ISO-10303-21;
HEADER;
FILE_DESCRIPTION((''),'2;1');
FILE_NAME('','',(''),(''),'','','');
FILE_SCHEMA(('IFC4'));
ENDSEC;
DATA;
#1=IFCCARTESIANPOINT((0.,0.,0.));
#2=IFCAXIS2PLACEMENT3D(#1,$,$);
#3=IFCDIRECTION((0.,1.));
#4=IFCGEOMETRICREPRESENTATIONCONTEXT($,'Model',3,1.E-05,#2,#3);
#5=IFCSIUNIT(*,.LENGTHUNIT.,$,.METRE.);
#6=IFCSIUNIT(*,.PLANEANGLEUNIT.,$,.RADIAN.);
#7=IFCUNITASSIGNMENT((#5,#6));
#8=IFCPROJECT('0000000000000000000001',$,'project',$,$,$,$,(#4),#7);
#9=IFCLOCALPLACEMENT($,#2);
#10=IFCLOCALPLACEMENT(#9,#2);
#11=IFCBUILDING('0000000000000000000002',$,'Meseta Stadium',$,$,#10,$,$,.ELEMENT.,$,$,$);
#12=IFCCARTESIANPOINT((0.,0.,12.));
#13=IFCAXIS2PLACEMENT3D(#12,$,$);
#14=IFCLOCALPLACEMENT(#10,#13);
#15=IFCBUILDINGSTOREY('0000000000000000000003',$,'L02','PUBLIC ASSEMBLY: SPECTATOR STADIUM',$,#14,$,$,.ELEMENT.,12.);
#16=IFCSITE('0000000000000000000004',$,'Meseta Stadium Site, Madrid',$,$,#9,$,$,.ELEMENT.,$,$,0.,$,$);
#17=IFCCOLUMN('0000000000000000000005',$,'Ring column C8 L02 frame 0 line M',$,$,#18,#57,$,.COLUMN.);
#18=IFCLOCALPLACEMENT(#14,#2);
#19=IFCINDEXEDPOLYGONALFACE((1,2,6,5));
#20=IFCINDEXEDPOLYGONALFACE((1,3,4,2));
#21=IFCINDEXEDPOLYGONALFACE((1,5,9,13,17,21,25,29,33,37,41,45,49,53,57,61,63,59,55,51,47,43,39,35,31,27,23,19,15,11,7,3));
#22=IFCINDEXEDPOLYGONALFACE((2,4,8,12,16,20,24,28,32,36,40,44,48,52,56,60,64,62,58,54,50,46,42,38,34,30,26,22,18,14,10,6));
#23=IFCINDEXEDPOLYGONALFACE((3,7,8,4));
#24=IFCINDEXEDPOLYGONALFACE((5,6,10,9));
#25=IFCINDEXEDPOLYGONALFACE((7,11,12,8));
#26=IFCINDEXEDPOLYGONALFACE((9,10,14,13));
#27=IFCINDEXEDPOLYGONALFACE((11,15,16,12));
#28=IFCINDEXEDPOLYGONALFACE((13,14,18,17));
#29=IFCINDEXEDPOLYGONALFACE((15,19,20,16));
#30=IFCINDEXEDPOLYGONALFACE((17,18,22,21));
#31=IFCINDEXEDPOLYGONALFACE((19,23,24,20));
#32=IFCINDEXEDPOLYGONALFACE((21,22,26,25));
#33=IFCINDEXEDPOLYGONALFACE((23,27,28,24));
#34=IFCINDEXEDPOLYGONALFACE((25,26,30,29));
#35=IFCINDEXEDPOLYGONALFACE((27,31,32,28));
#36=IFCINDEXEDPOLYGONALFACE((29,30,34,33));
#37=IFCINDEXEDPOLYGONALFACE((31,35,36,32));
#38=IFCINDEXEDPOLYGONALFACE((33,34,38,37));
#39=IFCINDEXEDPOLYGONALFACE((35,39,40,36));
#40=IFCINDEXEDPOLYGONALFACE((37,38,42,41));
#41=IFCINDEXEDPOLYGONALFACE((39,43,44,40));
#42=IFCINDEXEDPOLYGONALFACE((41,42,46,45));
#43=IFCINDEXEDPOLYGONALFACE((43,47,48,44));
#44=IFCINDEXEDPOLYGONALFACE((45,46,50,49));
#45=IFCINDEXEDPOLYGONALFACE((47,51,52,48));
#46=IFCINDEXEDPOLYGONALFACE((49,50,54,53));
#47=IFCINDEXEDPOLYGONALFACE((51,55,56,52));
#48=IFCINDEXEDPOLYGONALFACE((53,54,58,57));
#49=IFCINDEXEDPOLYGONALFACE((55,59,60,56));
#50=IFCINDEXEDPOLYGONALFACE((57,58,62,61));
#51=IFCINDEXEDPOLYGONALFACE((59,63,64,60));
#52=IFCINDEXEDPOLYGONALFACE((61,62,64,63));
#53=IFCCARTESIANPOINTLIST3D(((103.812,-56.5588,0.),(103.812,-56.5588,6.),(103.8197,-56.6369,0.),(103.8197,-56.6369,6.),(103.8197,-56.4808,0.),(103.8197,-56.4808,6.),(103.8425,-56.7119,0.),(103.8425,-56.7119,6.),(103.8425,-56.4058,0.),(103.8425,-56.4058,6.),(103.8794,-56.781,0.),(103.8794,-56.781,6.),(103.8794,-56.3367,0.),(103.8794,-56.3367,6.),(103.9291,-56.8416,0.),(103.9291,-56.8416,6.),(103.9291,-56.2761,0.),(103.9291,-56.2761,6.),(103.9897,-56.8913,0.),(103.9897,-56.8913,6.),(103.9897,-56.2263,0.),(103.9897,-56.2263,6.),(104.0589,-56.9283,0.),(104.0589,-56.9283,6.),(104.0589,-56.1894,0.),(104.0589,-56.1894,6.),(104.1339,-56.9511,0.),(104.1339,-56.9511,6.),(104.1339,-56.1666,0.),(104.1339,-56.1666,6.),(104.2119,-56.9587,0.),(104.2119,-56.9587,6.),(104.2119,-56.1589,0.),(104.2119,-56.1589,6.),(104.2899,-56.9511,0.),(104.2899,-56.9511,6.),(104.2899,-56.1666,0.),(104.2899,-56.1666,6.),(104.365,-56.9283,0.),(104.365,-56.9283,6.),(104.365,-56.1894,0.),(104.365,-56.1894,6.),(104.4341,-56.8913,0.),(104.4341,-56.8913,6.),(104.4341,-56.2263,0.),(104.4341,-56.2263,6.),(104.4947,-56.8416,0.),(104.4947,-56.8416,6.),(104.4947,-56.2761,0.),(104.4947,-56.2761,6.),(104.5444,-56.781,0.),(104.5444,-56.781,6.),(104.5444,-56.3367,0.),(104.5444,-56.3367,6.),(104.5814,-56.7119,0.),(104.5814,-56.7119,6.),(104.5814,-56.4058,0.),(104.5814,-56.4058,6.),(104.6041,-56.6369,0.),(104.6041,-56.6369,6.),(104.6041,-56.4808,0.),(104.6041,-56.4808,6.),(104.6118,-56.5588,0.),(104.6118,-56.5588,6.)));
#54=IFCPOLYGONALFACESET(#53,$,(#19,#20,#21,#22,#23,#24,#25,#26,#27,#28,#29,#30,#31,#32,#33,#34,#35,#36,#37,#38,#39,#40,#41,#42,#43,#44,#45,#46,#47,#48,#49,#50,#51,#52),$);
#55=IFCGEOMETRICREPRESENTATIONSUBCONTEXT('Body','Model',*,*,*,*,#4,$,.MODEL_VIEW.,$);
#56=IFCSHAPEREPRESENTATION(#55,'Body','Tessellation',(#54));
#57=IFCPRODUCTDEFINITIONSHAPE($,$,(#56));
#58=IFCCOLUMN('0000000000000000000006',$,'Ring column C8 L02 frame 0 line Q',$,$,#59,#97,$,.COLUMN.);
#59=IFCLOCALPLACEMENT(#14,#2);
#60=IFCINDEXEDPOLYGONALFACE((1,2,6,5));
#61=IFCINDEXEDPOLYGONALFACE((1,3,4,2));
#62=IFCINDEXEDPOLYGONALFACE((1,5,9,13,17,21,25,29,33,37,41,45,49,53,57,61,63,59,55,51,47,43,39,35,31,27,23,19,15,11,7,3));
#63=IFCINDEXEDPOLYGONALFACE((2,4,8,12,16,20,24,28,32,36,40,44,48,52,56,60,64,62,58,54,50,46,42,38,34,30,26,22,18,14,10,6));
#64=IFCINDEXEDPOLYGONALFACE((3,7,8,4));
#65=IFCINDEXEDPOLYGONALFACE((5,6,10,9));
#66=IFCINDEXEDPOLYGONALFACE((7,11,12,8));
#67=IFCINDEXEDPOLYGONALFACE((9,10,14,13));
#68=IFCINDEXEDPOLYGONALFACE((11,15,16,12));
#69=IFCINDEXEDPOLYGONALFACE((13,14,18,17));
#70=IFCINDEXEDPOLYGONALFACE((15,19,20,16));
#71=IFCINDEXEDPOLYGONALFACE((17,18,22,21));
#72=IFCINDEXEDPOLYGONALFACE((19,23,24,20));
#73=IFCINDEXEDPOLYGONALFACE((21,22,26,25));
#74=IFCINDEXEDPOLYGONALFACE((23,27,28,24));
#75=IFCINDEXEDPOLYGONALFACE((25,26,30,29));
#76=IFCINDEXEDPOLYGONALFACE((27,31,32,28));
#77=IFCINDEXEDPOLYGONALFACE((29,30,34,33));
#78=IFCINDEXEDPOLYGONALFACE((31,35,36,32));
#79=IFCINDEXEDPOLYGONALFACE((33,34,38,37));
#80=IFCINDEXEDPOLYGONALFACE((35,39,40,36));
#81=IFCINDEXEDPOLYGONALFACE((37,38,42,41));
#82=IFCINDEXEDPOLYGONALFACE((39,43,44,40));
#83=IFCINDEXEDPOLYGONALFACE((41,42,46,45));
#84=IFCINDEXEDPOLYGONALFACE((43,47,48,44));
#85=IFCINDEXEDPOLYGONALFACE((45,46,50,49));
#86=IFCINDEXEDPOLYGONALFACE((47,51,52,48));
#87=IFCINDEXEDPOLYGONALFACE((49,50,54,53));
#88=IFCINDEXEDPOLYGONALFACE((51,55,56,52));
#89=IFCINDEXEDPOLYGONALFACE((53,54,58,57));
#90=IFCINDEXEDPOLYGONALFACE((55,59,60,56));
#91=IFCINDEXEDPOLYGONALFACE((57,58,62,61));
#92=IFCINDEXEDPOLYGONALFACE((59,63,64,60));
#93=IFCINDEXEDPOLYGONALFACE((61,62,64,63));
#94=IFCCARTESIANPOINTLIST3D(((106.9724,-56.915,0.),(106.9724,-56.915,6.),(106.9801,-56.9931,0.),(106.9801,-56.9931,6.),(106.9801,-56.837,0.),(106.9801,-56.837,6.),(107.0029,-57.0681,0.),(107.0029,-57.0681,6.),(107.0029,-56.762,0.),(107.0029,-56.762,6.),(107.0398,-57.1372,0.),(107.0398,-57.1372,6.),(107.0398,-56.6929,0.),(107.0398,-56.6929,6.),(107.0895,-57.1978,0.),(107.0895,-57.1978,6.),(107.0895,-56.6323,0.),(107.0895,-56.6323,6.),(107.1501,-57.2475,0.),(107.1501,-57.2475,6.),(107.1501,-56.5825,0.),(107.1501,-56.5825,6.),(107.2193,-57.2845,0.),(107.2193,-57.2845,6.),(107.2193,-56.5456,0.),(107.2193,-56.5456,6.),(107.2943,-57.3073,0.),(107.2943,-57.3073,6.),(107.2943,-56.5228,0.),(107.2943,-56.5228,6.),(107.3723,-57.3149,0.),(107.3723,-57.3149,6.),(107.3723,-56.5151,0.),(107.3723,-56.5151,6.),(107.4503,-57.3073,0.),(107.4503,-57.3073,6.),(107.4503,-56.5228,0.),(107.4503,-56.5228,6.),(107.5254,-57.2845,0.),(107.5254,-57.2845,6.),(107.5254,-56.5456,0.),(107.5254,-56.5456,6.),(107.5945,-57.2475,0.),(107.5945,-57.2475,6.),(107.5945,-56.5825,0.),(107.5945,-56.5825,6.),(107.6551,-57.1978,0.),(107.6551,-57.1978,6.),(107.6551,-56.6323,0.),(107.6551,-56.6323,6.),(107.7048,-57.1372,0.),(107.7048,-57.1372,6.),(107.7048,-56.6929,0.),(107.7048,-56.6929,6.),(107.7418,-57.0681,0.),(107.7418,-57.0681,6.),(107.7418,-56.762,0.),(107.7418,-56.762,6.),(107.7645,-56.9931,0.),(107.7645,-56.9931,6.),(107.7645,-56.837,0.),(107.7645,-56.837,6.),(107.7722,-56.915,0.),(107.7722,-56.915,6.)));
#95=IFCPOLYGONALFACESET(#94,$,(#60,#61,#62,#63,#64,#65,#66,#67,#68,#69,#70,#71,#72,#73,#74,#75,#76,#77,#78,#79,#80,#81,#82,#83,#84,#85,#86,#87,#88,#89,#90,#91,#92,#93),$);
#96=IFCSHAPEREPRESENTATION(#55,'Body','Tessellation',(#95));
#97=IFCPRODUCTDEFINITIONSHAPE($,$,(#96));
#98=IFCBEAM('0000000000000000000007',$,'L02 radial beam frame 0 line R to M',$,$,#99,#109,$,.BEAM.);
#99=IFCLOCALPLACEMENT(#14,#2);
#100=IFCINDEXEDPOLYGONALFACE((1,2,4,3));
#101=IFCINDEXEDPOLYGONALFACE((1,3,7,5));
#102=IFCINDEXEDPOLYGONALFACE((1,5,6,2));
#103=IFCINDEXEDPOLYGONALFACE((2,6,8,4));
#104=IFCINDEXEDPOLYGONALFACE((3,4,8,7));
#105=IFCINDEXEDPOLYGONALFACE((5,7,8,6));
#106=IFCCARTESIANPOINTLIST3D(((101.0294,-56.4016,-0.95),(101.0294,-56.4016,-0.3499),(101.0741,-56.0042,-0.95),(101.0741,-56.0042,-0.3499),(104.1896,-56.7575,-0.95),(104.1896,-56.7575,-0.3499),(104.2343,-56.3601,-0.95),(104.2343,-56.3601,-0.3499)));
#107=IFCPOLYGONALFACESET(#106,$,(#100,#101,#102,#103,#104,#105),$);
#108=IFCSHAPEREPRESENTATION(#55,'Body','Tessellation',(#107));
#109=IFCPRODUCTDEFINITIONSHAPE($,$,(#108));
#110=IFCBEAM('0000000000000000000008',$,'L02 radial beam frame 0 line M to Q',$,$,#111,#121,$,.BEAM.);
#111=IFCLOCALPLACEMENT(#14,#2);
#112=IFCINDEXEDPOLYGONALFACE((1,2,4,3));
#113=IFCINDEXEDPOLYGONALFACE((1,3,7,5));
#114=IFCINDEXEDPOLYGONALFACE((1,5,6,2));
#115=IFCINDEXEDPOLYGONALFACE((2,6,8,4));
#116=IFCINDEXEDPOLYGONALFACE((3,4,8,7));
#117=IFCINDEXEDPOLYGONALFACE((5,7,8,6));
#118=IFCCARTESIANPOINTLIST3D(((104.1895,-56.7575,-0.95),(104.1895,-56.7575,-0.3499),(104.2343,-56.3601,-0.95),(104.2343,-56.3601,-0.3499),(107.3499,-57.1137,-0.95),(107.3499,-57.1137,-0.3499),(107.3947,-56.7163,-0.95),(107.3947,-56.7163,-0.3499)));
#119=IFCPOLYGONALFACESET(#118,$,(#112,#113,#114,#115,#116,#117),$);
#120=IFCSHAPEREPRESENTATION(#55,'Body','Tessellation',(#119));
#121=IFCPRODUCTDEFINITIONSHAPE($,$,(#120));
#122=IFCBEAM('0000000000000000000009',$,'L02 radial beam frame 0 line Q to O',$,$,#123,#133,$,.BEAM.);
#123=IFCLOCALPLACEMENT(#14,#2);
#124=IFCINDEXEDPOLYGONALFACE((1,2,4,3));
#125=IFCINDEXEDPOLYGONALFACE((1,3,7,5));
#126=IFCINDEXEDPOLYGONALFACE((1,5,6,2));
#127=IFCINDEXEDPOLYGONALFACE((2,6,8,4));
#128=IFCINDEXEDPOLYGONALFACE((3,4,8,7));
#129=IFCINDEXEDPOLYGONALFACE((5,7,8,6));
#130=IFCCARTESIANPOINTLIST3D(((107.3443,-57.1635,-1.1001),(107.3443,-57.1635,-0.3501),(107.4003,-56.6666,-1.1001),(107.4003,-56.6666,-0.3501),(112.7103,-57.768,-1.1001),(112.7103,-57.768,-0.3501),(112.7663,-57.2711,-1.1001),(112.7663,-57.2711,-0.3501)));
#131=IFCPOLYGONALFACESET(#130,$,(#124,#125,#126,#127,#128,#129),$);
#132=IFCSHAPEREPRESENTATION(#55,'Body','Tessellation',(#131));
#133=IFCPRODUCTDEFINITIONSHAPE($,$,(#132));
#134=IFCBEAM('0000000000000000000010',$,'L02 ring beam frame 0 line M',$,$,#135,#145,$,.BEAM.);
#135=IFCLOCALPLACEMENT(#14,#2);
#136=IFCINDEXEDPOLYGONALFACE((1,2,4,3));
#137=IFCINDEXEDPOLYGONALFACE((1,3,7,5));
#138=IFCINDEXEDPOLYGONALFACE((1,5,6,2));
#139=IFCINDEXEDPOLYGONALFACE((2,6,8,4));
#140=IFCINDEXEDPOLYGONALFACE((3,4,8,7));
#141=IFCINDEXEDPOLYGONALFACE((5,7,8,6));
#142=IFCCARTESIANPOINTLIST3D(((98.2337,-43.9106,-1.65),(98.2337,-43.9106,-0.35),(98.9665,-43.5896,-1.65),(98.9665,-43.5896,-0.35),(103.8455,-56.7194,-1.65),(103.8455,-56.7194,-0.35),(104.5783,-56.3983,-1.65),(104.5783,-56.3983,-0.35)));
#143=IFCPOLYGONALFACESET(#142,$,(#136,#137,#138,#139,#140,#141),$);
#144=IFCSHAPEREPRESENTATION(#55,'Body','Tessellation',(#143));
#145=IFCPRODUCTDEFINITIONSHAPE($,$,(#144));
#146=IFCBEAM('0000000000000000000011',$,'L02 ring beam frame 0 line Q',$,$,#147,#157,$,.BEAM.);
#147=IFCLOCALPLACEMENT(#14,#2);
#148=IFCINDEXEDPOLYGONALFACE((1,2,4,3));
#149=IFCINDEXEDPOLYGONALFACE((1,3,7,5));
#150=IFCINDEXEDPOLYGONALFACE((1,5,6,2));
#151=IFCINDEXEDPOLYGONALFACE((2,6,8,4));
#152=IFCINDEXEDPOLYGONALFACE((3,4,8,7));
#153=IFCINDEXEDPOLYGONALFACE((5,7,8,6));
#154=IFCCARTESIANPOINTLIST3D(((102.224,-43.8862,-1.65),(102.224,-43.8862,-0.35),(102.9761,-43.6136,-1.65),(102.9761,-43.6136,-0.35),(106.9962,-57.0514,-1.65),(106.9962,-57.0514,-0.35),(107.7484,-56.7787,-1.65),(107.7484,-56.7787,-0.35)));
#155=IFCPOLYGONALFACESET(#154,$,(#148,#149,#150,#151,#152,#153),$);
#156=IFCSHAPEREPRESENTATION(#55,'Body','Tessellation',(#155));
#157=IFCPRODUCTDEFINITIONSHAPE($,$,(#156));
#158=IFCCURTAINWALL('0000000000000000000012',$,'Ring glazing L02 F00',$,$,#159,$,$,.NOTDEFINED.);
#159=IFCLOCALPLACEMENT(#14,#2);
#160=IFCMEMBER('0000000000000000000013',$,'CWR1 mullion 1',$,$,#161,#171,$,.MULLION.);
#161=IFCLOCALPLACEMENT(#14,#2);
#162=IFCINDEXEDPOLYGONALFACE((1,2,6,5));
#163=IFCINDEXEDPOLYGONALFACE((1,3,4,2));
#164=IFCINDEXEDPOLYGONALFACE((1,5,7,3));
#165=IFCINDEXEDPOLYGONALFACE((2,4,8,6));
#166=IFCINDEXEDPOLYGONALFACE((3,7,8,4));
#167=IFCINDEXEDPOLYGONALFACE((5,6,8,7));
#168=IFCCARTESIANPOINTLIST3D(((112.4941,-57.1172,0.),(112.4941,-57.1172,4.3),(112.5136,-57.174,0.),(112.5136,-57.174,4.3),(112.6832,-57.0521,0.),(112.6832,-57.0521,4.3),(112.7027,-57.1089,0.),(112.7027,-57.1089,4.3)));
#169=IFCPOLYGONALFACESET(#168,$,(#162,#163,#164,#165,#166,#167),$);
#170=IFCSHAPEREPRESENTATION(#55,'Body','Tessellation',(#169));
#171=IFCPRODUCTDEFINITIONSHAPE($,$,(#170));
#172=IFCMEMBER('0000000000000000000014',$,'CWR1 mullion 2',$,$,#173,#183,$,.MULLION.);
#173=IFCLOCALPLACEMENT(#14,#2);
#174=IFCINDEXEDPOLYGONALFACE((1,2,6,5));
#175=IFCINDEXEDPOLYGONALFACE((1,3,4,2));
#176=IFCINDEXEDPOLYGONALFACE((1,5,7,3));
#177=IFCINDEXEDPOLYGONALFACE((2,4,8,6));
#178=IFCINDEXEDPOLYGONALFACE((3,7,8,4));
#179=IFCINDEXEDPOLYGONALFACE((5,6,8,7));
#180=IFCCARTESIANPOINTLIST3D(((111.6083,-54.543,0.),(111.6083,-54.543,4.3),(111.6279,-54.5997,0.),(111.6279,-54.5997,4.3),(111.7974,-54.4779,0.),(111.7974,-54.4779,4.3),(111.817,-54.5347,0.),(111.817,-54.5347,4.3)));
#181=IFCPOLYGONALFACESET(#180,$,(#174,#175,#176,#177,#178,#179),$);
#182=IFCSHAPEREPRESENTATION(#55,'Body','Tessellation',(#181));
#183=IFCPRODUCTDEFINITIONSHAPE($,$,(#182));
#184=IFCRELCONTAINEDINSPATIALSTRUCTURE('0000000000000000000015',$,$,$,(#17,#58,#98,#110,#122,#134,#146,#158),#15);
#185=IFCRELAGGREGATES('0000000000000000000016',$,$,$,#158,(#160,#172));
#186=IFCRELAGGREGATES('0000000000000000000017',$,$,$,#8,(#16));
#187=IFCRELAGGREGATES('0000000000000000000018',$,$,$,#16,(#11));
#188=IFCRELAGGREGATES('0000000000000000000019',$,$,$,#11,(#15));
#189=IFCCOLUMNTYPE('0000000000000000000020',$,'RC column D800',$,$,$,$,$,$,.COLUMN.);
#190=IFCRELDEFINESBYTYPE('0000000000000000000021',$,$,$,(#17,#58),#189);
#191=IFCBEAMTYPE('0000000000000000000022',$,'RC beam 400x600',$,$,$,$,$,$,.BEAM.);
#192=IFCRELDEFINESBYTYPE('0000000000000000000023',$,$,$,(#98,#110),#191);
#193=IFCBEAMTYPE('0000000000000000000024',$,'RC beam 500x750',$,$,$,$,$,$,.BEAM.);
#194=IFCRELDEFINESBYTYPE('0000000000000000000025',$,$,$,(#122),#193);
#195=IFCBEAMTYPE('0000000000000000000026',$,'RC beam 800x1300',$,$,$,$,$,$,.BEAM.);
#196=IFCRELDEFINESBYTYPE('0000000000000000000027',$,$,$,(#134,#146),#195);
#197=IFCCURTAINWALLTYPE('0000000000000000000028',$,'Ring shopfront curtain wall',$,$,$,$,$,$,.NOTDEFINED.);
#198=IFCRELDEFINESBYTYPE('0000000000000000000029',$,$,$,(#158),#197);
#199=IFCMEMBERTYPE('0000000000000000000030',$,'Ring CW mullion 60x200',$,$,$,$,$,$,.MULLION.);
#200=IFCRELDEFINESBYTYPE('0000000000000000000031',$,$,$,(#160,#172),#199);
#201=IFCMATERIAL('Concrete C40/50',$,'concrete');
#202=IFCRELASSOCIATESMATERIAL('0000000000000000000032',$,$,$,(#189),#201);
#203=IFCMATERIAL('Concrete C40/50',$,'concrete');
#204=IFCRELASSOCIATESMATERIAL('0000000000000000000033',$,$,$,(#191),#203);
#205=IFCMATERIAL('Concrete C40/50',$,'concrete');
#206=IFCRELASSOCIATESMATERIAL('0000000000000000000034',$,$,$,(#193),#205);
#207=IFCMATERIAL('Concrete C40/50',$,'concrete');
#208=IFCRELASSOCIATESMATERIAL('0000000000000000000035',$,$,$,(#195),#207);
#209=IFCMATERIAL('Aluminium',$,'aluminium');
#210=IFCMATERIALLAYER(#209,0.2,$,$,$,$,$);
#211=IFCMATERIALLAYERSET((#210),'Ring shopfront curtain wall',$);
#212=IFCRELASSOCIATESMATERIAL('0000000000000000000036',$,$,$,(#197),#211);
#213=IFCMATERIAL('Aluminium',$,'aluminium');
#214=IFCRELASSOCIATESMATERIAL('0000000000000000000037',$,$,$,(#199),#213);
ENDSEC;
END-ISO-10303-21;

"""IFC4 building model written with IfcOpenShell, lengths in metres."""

from ifc_helpers import new_model, si_unit, direction, frame, origin, origin_2d, place, context, subcontext, project, spatial, rectangle, circle, extrude, material, layer, layer_set, material_profile, profile_set, type_object, element, aggregate, save


model = new_model("IFC4")

# Units and contexts
model_context = context("Model", 3, precision=1e-05, world=origin(), true_north=direction((0.0, 1.0)))
body_context = subcontext(model_context, "Body", "Model", "MODEL_VIEW")
ifc_project = project(units=[si_unit("LENGTHUNIT", "METRE"), si_unit("PLANEANGLEUNIT", "RADIAN")], contexts=[model_context])

# Site, building, storey
site_placement = place(None, origin())
site = spatial("IfcSite", under=ifc_project, at=site_placement, Name="Meseta Stadium Site, Madrid", CompositionType="ELEMENT", RefElevation=0.0)
building_placement = place(site_placement, origin())
building = spatial("IfcBuilding", under=site, at=building_placement, Name="Meseta Stadium", CompositionType="ELEMENT")
storey_placement = place(building_placement, frame((0.0, 0.0, 12.0)))
storey = spatial("IfcBuildingStorey", under=building, at=storey_placement, Name="L02", Description="PUBLIC ASSEMBLY: SPECTATOR STADIUM", CompositionType="ELEMENT", Elevation=12.0)

# Columns
ifc_material_1 = material(Name="Concrete C40/50", Category="concrete")
ifc_material_profile_1 = material_profile(ifc_material_1, circle(Radius=0.3999, at=origin_2d()), Name="RC D800")
ifc_profile_set_1 = profile_set([ifc_material_profile_1], Name="Concrete C40/50")
column_type = type_object("IfcColumnType", Name="RC column D800", PredefinedType="COLUMN", material=ifc_profile_set_1)
for number, where, z_axis, x_axis, name in (
    (1, (104.2119, -56.5588, 0.0), (0.0, 0.0, 1.0), (1.0, 0.0, 0.0), "Ring column C8 L02 frame 0 line M"),
    (2, (107.3723, -56.915, 0.0), (0.0, 0.0, 1.0), (1.0, 0.0, 0.0), "Ring column C8 L02 frame 0 line Q"),
):
    element("IfcColumn", number, at=place(storey_placement, frame(where, z_axis=z_axis, x_axis=x_axis)), inside=storey, type_object=column_type, Name=name, PredefinedType="COLUMN", context=body_context, shape_type="SweptSolid", body=[
        extrude(circle(Radius=0.3999, at=origin_2d()), origin(), (0.0, 0.0, 1.0), 6.0),
    ])

# Beams
ifc_material_2 = material(Name="Concrete C40/50", Category="concrete")
ifc_material_profile_2 = material_profile(ifc_material_2, rectangle(XDim=0.3999, YDim=0.6001, at=origin_2d()), Name="RC 400x600")
ifc_profile_set_2 = profile_set([ifc_material_profile_2], Name="Concrete C40/50")
beam_type_1 = type_object("IfcBeamType", Name="RC beam 400x600", PredefinedType="BEAM", material=ifc_profile_set_2)
beam_1_placement = place(storey_placement, frame((101.0518, -56.2029, -0.6499), z_axis=(0.993716, -0.111931, 0.0), x_axis=(0.111931, 0.993716, 0.0)))
element("IfcBeam", 3, at=beam_1_placement, inside=storey, type_object=beam_type_1, Name="L02 radial beam frame 0 line R to M", PredefinedType="BEAM", context=body_context, shape_type="SweptSolid", body=[
    extrude(rectangle(XDim=0.3999, YDim=0.6001, at=origin_2d()), origin(), (0.0, 0.0, 1.0), 3.1802),
])
beam_2_placement = place(storey_placement, frame((104.2119, -56.5588, -0.6499), z_axis=(0.993708, -0.111998, 0.0), x_axis=(0.111998, 0.993708, 0.0)))
element("IfcBeam", 4, at=beam_2_placement, inside=storey, type_object=beam_type_1, Name="L02 radial beam frame 0 line M to Q", PredefinedType="BEAM", context=body_context, shape_type="SweptSolid", body=[
    extrude(rectangle(XDim=0.3999, YDim=0.6001, at=origin_2d()), origin(), (0.0, 0.0, 1.0), 3.1804),
])
ifc_material_3 = material(Name="Concrete C40/50", Category="concrete")
ifc_material_profile_3 = material_profile(ifc_material_3, rectangle(XDim=0.5, YDim=0.75, at=origin_2d()), Name="RC 500x750")
ifc_profile_set_3 = profile_set([ifc_material_profile_3], Name="Concrete C40/50")
beam_type_2 = type_object("IfcBeamType", Name="RC beam 500x750", PredefinedType="BEAM", material=ifc_profile_set_3)
beam_3_placement = place(storey_placement, frame((107.3723, -56.915, -0.7251), z_axis=(0.993714, -0.111945, 0.0), x_axis=(0.111945, 0.993714, 0.0)))
element("IfcBeam", 5, at=beam_3_placement, inside=storey, type_object=beam_type_2, Name="L02 radial beam frame 0 line Q to O", PredefinedType="BEAM", context=body_context, shape_type="SweptSolid", body=[
    extrude(rectangle(XDim=0.5, YDim=0.75, at=origin_2d()), origin(), (0.0, 0.0, 1.0), 5.3999),
])
ifc_material_4 = material(Name="Concrete C40/50", Category="concrete")
ifc_material_profile_4 = material_profile(ifc_material_4, rectangle(XDim=0.8, YDim=1.3, at=origin_2d()), Name="RC 800x1300")
ifc_profile_set_4 = profile_set([ifc_material_profile_4], Name="Concrete C40/50")
beam_type_3 = type_object("IfcBeamType", Name="RC beam 800x1300", PredefinedType="BEAM", material=ifc_profile_set_4)
beam_4_placement = place(storey_placement, frame((104.2119, -56.5588, -1.0), z_axis=(-0.401296, 0.915948, 0.0), x_axis=(-0.915948, -0.401296, 0.0)))
element("IfcBeam", 6, at=beam_4_placement, inside=storey, type_object=beam_type_3, Name="L02 ring beam frame 0 line M", PredefinedType="BEAM", context=body_context, shape_type="SweptSolid", body=[
    extrude(rectangle(XDim=0.8, YDim=1.3, at=origin_2d()), origin(), (0.0, 0.0, 1.0), 13.9841),
])
beam_5_placement = place(storey_placement, frame((107.3723, -56.915, -1.0), z_axis=(-0.340792, 0.940139, 0.0), x_axis=(-0.940139, -0.340792, 0.0)))
element("IfcBeam", 7, at=beam_5_placement, inside=storey, type_object=beam_type_3, Name="L02 ring beam frame 0 line Q", PredefinedType="BEAM", context=body_context, shape_type="SweptSolid", body=[
    extrude(rectangle(XDim=0.8, YDim=1.3, at=origin_2d()), origin(), (0.0, 0.0, 1.0), 14.0034),
])

# Curtain wall, members
ifc_material_5 = material(Name="Aluminium", Category="aluminium")
ifc_layer_1 = layer(ifc_material_5, 0.2)
ifc_layer_set_1 = layer_set([ifc_layer_1], Name="Ring shopfront curtain wall")
curtain_wall_type = type_object("IfcCurtainWallType", Name="Ring shopfront curtain wall", PredefinedType="NOTDEFINED", material=ifc_layer_set_1)
curtain_wall_placement = place(storey_placement, origin())
curtain_wall = element("IfcCurtainWall", 8, at=curtain_wall_placement, inside=storey, type_object=curtain_wall_type, Name="Ring glazing L02 F00", PredefinedType="NOTDEFINED")
ifc_material_6 = material(Name="Aluminium", Category="aluminium")
ifc_material_profile_5 = material_profile(ifc_material_6, rectangle(XDim=0.2, YDim=0.0601, at=origin_2d()), Name="CW 200x60")
ifc_profile_set_5 = profile_set([ifc_material_profile_5], Name="Aluminium")
member_type_1 = type_object("IfcMemberType", Name="Ring CW mullion 60x200", PredefinedType="MULLION", material=ifc_profile_set_5)
member_1_placement = place(storey_placement, frame((112.5984, -57.113, 0.0), z_axis=(0.0, 0.0, 1.0), x_axis=(-0.945581, -0.325386, 0.0)))
member_1 = element("IfcMember", 9, at=member_1_placement, type_object=member_type_1, Name="CWR1 mullion 1", PredefinedType="MULLION", context=body_context, shape_type="SweptSolid", body=[
    extrude(rectangle(XDim=0.2, YDim=0.0601, at=origin_2d()), origin(), (0.0, 0.0, 1.0), 4.3),
])
member_2_placement = place(storey_placement, frame((111.7126, -54.5388, 0.0), z_axis=(0.0, 0.0, 1.0), x_axis=(-0.945581, -0.325386, 0.0)))
member_2 = element("IfcMember", 10, at=member_2_placement, type_object=member_type_1, Name="CWR1 mullion 2", PredefinedType="MULLION", context=body_context, shape_type="SweptSolid", body=[
    extrude(rectangle(XDim=0.2, YDim=0.0601, at=origin_2d()), origin(), (0.0, 0.0, 1.0), 4.3),
])
aggregate(curtain_wall, [member_1, member_2])

save(model, "model.ifc")
